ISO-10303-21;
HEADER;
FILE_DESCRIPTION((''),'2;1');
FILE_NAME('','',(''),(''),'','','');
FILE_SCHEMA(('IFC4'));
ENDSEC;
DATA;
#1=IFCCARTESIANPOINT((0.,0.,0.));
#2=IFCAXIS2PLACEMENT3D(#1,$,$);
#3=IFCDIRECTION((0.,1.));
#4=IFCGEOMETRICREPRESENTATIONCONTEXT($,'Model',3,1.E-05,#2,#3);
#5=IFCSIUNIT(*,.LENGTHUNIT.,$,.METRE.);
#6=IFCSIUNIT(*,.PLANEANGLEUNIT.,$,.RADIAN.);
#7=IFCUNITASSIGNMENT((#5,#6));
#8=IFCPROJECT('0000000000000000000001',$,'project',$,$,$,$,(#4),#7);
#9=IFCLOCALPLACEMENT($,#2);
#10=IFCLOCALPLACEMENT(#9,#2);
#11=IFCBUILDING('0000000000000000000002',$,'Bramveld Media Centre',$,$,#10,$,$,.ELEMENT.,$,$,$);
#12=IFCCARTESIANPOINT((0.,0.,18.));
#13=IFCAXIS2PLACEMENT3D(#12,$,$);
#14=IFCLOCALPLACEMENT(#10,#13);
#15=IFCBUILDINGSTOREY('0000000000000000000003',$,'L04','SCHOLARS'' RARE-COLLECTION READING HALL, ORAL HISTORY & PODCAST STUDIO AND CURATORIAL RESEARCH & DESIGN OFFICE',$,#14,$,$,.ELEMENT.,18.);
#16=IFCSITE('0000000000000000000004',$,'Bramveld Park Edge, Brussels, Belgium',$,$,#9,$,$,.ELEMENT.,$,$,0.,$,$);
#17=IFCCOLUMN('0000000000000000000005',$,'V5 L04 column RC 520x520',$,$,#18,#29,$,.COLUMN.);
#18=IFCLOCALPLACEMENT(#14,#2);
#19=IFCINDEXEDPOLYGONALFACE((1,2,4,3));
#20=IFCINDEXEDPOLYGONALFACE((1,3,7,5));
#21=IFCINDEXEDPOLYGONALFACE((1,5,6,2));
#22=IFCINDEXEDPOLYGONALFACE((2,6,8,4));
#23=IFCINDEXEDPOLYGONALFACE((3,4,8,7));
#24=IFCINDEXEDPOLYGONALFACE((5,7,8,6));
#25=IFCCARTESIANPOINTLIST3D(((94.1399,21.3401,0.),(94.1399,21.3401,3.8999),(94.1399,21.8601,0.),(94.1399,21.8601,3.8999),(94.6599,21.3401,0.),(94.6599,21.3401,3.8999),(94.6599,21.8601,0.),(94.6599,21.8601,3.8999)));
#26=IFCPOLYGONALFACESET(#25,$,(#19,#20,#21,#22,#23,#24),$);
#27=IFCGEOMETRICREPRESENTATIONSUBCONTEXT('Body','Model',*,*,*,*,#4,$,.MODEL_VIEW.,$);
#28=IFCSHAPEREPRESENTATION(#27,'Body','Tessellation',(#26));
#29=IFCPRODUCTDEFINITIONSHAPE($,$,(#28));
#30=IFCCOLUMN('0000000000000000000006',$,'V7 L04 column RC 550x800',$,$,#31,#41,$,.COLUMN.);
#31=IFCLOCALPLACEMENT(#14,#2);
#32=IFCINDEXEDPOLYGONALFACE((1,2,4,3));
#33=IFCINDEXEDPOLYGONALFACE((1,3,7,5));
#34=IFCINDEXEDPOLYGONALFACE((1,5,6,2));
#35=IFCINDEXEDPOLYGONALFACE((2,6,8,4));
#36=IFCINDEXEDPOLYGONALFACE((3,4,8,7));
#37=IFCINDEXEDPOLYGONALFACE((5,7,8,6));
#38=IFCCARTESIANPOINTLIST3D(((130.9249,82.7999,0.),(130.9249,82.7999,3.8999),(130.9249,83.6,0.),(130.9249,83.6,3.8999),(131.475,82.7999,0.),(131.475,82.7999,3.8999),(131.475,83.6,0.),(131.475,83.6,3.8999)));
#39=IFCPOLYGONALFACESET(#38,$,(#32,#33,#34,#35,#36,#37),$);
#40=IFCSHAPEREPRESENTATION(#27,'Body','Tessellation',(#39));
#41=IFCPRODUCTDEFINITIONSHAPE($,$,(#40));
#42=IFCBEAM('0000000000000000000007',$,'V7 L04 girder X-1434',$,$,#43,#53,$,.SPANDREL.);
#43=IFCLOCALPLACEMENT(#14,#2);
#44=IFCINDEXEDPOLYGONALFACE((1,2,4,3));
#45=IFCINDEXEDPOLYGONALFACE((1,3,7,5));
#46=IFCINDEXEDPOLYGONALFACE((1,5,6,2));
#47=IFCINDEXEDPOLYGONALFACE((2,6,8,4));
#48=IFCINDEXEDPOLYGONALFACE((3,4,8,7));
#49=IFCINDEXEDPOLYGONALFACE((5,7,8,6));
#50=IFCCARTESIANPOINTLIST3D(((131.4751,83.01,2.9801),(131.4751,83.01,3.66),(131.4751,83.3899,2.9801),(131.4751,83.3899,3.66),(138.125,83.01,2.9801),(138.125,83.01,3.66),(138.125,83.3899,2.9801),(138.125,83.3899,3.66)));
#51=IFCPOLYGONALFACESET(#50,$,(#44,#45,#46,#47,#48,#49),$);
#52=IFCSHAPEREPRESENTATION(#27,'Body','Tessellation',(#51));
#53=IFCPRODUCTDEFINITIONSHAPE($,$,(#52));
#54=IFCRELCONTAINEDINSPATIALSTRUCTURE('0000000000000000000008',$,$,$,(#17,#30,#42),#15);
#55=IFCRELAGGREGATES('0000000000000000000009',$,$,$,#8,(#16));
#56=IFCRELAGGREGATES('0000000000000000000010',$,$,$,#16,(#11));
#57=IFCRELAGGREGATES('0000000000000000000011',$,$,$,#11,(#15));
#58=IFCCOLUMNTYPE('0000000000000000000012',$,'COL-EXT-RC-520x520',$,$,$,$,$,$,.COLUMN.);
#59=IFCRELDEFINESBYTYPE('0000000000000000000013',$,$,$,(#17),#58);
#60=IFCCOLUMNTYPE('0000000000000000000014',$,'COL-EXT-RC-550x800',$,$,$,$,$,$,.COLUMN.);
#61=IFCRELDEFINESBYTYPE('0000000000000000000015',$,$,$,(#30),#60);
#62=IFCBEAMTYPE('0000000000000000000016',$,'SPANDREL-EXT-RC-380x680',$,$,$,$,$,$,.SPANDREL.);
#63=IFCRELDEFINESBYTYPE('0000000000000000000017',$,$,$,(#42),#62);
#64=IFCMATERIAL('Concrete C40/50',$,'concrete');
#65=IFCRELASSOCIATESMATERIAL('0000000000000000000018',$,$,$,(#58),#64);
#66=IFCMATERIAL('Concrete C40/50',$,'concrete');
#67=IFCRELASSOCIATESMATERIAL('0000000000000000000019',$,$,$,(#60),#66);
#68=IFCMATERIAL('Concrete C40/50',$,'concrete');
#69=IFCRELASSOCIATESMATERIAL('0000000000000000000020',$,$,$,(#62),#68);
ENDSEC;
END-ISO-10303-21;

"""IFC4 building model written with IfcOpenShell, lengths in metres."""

from ifc_helpers import new_model, si_unit, direction, frame, origin, origin_2d, place, context, subcontext, project, spatial, rectangle, extrude, material, material_profile, profile_set, type_object, element, save


model = new_model("IFC4")

# Units and contexts
model_context = context("Model", 3, precision=1e-05, world=origin(), true_north=direction((0.0, 1.0)))
body_context = subcontext(model_context, "Body", "Model", "MODEL_VIEW")
ifc_project = project(units=[si_unit("LENGTHUNIT", "METRE"), si_unit("PLANEANGLEUNIT", "RADIAN")], contexts=[model_context])

# Site, building, storey
site_placement = place(None, origin())
site = spatial("IfcSite", under=ifc_project, at=site_placement, Name="Bramveld Park Edge, Brussels, Belgium", CompositionType="ELEMENT", RefElevation=0.0)
building_placement = place(site_placement, origin())
building = spatial("IfcBuilding", under=site, at=building_placement, Name="Bramveld Media Centre", CompositionType="ELEMENT")
storey_placement = place(building_placement, frame((0.0, 0.0, 18.0)))
storey = spatial("IfcBuildingStorey", under=building, at=storey_placement, Name="L04", Description="SCHOLARS' RARE-COLLECTION READING HALL, ORAL HISTORY & PODCAST STUDIO AND CURATORIAL RESEARCH & DESIGN OFFICE", CompositionType="ELEMENT", Elevation=18.0)

# Columns
ifc_material_1 = material(Name="Concrete C40/50", Category="concrete")
ifc_material_profile_1 = material_profile(ifc_material_1, rectangle(XDim=0.52, YDim=0.52, at=origin_2d()), Name="RC 520x520")
ifc_profile_set_1 = profile_set([ifc_material_profile_1], Name="Concrete C40/50")
column_type_1 = type_object("IfcColumnType", Name="COL-EXT-RC-520x520", PredefinedType="COLUMN", material=ifc_profile_set_1)
column_1_placement = place(storey_placement, frame((94.3999, 21.6001, 0.0), z_axis=(0.0, 0.0, 1.0), x_axis=(1.0, 0.0, 0.0)))
element("IfcColumn", 1, at=column_1_placement, inside=storey, type_object=column_type_1, Name="V5 L04 column RC 520x520", PredefinedType="COLUMN", context=body_context, shape_type="SweptSolid", body=[
    extrude(rectangle(XDim=0.52, YDim=0.52, at=origin_2d()), origin(), (0.0, 0.0, 1.0), 3.8999),
])
ifc_material_2 = material(Name="Concrete C40/50", Category="concrete")
ifc_material_profile_2 = material_profile(ifc_material_2, rectangle(XDim=0.55, YDim=0.8, at=origin_2d()), Name="RC 550x800")
ifc_profile_set_2 = profile_set([ifc_material_profile_2], Name="Concrete C40/50")
column_type_2 = type_object("IfcColumnType", Name="COL-EXT-RC-550x800", PredefinedType="COLUMN", material=ifc_profile_set_2)
column_2_placement = place(storey_placement, frame((131.2, 83.2, 0.0), z_axis=(0.0, 0.0, 1.0), x_axis=(1.0, 0.0, 0.0)))
element("IfcColumn", 2, at=column_2_placement, inside=storey, type_object=column_type_2, Name="V7 L04 column RC 550x800", PredefinedType="COLUMN", context=body_context, shape_type="SweptSolid", body=[
    extrude(rectangle(XDim=0.55, YDim=0.8, at=origin_2d()), origin(), (0.0, 0.0, 1.0), 3.8999),
])

# Beam
ifc_material_3 = material(Name="Concrete C40/50", Category="concrete")
ifc_material_profile_3 = material_profile(ifc_material_3, rectangle(XDim=0.3799, YDim=0.6799, at=origin_2d()), Name="RC 380x680")
ifc_profile_set_3 = profile_set([ifc_material_profile_3], Name="Concrete C40/50")
beam_type = type_object("IfcBeamType", Name="SPANDREL-EXT-RC-380x680", PredefinedType="SPANDREL", material=ifc_profile_set_3)
beam_placement = place(storey_placement, frame((131.4751, 83.2, 3.3201), z_axis=(1.0, 0.0, 0.0), x_axis=(0.0, 1.0, 0.0)))
element("IfcBeam", 3, at=beam_placement, inside=storey, type_object=beam_type, Name="V7 L04 girder X-1434", PredefinedType="SPANDREL", context=body_context, shape_type="SweptSolid", body=[
    extrude(rectangle(XDim=0.3799, YDim=0.6799, at=origin_2d()), origin(), (0.0, 0.0, 1.0), 6.6499),
])

save(model, "model.ifc")
